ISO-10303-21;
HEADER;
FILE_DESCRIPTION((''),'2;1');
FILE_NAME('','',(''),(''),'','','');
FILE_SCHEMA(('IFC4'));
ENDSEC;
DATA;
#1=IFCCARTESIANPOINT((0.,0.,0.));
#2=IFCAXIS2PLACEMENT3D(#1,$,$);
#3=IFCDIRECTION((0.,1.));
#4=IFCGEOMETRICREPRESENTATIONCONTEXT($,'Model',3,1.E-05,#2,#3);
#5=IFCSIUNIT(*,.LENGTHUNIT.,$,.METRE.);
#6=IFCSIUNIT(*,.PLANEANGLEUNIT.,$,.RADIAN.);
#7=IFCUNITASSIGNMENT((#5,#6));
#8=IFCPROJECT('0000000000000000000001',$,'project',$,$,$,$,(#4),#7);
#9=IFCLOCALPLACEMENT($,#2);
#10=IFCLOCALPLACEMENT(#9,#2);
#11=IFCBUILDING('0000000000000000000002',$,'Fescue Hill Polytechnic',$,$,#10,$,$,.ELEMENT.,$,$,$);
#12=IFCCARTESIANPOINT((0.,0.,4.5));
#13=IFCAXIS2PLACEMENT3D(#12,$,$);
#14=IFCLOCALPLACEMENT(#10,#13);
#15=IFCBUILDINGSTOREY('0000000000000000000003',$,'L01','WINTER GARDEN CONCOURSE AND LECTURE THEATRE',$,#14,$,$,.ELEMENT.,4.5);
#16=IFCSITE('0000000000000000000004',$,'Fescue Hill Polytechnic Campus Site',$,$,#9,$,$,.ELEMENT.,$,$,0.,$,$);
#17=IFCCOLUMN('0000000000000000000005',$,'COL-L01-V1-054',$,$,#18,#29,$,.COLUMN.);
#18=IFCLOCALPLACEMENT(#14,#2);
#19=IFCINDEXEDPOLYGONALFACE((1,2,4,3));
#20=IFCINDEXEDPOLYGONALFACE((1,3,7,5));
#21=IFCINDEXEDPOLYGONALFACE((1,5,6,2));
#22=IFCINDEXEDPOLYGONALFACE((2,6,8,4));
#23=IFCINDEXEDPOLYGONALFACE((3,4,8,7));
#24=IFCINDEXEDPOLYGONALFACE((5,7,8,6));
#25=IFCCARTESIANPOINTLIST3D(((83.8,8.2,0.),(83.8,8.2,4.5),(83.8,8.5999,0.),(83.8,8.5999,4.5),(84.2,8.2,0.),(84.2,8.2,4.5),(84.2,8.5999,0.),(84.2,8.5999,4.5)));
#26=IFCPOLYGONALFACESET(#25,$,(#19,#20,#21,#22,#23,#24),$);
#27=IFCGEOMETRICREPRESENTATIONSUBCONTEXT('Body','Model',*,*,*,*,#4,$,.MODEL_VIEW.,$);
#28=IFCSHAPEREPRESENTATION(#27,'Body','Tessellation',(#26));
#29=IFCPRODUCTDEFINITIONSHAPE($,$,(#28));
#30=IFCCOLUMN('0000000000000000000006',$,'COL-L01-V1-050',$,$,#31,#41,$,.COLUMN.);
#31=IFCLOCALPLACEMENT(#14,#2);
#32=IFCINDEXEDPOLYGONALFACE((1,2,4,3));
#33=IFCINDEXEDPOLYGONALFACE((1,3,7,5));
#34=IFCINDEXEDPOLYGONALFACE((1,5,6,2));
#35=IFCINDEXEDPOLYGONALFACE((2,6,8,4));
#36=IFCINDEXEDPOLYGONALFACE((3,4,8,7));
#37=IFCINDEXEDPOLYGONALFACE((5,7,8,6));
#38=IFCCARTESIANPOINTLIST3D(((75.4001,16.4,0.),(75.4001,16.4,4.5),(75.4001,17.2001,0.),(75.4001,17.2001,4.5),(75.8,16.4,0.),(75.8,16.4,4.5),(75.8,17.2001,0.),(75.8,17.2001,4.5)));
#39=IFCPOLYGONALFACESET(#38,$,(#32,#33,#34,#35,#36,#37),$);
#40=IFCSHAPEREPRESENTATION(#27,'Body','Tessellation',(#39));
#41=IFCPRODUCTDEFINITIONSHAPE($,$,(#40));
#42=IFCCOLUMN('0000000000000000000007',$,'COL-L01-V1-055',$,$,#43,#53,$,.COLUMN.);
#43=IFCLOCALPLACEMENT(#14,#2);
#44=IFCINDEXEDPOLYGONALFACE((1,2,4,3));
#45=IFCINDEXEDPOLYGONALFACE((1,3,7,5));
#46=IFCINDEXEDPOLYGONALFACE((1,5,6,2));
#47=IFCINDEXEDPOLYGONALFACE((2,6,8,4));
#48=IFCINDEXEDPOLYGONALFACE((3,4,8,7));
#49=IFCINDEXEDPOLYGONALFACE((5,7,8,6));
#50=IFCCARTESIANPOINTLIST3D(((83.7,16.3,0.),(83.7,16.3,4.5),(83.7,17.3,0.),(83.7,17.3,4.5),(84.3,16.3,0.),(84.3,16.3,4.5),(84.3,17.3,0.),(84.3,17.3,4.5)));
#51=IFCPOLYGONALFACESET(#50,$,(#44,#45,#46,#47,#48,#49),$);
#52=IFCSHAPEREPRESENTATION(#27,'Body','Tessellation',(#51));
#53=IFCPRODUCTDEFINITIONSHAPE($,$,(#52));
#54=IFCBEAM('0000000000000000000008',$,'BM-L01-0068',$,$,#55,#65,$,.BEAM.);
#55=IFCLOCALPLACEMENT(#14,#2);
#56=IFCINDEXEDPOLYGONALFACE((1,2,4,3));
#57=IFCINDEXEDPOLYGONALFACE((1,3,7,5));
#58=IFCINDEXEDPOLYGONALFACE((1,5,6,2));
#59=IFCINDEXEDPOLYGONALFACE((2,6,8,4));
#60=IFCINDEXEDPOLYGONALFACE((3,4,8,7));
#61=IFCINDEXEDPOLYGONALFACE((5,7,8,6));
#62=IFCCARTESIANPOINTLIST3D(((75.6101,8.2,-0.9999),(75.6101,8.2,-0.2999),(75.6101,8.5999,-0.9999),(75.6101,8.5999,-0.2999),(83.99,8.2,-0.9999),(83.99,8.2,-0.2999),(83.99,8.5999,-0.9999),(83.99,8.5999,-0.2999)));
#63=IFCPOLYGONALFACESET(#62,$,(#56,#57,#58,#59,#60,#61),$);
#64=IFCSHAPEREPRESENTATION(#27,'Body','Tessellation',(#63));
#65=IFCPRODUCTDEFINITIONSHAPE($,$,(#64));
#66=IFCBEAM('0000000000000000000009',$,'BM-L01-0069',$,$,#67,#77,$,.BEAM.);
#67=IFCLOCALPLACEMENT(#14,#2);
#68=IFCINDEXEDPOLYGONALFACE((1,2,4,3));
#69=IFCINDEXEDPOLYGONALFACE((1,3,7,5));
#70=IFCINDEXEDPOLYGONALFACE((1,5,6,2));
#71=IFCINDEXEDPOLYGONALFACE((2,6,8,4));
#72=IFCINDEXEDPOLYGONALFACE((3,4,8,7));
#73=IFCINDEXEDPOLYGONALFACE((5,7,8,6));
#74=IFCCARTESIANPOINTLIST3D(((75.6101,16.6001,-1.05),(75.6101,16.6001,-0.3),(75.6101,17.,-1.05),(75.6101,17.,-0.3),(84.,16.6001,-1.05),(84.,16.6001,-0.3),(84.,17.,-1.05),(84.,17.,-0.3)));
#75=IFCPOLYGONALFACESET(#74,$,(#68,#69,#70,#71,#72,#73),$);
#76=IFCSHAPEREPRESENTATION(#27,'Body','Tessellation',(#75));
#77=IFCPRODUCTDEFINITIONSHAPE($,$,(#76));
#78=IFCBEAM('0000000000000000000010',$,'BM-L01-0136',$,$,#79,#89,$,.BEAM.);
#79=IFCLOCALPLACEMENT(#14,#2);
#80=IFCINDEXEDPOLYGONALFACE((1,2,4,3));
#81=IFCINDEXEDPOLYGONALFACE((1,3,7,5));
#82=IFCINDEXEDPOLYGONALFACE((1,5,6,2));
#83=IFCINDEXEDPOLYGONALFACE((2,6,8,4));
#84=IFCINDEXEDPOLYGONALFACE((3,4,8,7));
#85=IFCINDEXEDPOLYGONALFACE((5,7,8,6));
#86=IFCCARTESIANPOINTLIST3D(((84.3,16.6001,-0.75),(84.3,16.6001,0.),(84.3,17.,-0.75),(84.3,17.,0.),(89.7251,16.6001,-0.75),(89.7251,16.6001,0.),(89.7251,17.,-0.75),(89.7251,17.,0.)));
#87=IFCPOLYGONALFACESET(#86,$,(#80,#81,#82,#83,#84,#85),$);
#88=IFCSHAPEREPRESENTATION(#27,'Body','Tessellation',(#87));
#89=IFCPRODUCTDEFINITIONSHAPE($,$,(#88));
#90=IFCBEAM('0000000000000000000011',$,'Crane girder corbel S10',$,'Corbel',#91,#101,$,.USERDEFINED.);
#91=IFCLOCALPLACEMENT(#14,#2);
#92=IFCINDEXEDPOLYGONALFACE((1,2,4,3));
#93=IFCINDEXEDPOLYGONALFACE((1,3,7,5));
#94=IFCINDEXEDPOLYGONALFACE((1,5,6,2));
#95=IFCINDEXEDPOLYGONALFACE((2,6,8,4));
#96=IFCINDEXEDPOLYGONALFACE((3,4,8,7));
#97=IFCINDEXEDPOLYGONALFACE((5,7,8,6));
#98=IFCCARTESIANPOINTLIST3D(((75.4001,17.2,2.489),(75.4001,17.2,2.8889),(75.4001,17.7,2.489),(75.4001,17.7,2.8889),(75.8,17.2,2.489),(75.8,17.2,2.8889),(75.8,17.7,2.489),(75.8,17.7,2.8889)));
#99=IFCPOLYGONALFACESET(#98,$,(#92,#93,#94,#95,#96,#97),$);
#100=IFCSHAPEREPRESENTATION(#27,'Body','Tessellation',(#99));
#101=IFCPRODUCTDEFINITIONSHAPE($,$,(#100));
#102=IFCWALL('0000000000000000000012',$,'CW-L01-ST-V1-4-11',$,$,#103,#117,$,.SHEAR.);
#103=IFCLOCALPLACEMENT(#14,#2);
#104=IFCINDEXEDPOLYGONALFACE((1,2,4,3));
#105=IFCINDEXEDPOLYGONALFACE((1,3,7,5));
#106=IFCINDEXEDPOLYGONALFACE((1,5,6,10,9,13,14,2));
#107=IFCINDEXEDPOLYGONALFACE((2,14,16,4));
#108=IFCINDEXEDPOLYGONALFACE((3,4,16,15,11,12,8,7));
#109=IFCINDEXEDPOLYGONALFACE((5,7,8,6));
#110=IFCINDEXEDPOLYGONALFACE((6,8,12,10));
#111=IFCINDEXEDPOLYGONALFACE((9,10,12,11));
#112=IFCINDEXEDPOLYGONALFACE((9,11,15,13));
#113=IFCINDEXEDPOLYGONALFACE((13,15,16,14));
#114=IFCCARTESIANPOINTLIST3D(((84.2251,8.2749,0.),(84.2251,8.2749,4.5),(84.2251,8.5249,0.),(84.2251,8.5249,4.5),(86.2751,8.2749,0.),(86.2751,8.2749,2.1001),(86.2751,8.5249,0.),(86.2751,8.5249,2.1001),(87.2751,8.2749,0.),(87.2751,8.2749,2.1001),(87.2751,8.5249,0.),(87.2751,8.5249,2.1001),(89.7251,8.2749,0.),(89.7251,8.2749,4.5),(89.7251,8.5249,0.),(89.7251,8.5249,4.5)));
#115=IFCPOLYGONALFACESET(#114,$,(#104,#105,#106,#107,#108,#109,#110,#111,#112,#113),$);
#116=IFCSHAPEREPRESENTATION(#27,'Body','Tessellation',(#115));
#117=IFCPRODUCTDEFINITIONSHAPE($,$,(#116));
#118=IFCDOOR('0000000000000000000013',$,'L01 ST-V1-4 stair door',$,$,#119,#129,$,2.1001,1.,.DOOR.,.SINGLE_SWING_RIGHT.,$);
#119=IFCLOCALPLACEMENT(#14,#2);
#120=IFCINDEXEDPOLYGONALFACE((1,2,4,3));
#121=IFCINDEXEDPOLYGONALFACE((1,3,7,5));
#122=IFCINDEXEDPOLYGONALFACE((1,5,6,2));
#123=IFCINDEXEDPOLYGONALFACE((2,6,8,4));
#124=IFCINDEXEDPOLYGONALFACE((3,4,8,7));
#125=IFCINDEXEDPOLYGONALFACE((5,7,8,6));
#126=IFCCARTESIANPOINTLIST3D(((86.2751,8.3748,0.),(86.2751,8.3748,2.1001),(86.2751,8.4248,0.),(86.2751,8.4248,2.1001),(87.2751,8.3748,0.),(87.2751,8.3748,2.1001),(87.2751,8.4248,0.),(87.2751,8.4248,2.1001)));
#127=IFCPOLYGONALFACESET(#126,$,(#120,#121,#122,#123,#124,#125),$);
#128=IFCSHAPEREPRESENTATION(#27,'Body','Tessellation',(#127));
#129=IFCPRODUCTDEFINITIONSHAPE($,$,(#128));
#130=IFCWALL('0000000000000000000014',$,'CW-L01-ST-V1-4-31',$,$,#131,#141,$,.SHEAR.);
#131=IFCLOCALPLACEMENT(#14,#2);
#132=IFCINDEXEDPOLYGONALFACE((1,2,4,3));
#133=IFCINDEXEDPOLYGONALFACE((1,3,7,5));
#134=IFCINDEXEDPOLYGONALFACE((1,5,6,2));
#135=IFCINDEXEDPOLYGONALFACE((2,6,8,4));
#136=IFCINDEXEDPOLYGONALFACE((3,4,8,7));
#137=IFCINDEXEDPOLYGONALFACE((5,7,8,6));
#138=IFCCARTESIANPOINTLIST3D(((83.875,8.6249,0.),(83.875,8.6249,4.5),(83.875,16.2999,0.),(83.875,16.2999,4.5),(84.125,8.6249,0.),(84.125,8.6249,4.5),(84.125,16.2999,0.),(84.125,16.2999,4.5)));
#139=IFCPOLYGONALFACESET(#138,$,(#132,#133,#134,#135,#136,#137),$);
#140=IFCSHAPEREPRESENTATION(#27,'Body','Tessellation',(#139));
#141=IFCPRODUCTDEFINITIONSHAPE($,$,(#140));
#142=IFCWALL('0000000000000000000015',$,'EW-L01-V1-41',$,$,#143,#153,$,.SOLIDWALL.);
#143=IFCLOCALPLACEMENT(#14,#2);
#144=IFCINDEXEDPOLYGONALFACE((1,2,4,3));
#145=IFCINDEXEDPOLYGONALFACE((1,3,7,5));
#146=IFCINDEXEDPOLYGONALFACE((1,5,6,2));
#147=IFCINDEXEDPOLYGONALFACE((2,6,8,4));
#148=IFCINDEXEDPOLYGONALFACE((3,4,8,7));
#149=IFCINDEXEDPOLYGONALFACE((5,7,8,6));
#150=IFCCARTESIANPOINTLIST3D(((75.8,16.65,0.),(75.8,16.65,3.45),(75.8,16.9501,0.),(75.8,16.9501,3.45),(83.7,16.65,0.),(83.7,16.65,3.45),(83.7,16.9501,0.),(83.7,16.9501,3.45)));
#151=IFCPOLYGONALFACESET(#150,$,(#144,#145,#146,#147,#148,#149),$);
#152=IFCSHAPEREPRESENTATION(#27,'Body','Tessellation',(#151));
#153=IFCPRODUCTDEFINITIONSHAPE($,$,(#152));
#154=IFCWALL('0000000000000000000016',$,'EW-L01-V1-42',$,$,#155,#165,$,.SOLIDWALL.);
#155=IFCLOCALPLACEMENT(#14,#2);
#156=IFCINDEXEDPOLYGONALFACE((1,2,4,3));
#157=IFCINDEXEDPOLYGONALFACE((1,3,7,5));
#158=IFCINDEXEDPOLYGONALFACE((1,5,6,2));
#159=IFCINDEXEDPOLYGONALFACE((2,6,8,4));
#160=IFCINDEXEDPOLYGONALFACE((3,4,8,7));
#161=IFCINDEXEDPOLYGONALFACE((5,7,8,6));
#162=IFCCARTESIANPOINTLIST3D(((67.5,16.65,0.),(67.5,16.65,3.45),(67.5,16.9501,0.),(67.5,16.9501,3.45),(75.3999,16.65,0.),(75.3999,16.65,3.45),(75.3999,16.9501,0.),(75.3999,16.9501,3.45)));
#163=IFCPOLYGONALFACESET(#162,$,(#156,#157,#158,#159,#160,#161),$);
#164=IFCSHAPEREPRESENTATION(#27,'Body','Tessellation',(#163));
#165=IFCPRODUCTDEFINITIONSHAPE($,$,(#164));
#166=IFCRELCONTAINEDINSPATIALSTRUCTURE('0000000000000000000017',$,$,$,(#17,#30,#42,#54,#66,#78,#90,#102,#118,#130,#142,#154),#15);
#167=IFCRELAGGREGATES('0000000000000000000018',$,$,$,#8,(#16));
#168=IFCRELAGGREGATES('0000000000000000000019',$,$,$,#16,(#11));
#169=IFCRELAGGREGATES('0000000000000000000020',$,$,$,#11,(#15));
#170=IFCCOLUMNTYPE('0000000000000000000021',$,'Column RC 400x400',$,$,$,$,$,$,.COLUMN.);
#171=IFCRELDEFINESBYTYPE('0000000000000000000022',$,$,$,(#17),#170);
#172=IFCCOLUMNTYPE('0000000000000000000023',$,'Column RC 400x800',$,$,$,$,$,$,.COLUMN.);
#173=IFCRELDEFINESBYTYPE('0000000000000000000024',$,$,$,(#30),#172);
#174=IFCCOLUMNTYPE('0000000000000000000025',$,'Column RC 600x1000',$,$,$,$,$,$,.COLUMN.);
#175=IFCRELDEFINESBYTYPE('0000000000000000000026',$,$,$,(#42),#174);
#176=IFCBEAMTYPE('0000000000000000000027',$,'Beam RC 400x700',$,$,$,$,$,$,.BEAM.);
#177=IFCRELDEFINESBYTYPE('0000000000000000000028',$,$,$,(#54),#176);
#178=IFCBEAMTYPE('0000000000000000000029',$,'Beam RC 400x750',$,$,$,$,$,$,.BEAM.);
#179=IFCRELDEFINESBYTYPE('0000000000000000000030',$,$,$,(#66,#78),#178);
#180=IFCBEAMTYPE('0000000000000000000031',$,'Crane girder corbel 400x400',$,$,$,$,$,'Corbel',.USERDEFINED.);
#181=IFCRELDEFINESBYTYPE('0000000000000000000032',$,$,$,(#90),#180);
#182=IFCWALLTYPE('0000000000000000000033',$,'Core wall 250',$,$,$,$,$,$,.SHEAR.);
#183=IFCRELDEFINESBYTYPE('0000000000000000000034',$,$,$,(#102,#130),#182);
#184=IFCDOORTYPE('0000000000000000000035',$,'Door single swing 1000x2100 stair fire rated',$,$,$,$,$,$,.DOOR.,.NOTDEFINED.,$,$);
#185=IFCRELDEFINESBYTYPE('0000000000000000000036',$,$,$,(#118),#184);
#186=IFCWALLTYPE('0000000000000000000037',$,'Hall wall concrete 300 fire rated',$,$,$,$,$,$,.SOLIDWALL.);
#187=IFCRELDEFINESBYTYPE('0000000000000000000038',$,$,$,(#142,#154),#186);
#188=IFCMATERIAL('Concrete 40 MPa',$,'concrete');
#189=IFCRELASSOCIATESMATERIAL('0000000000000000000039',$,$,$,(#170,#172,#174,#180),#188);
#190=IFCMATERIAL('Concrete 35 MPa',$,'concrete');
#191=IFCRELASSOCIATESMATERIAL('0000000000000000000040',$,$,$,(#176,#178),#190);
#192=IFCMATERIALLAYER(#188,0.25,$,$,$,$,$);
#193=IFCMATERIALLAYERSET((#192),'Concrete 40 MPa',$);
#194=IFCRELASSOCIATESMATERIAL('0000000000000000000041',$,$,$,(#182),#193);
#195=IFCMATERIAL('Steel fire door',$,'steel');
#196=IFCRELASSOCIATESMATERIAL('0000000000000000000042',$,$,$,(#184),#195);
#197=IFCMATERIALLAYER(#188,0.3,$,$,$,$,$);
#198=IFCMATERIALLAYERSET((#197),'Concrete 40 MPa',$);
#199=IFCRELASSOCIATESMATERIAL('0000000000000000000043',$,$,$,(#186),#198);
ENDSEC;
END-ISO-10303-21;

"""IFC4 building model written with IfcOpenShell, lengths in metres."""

from ifc_helpers import new_model, si_unit, direction, frame, frame_2d, origin, origin_2d, place, context, subcontext, project, spatial, rectangle, extrude, material, layer, layer_set, material_profile, profile_set, type_object, element, fill, save


model = new_model("IFC4")

# Units and contexts
model_context = context("Model", 3, precision=1e-05, world=origin(), true_north=direction((0.0, 1.0)))
body_context = subcontext(model_context, "Body", "Model", "MODEL_VIEW")
ifc_project = project(units=[si_unit("LENGTHUNIT", "METRE"), si_unit("PLANEANGLEUNIT", "RADIAN")], contexts=[model_context])

# Site, building, storey
site_placement = place(None, origin())
site = spatial("IfcSite", under=ifc_project, at=site_placement, Name="Fescue Hill Polytechnic Campus Site", CompositionType="ELEMENT", RefElevation=0.0)
building_placement = place(site_placement, origin())
building = spatial("IfcBuilding", under=site, at=building_placement, Name="Fescue Hill Polytechnic", CompositionType="ELEMENT")
storey_placement = place(building_placement, frame((0.0, 0.0, 4.5)))
storey = spatial("IfcBuildingStorey", under=building, at=storey_placement, Name="L01", Description="WINTER GARDEN CONCOURSE AND LECTURE THEATRE", CompositionType="ELEMENT", Elevation=4.5)

# Columns
ifc_material_1 = material(Name="Concrete 40 MPa", Category="concrete")
ifc_material_profile_1 = material_profile(ifc_material_1, rectangle(XDim=0.3999, YDim=0.3999, at=origin_2d()), Name="RC 400x400")
ifc_profile_set_1 = profile_set([ifc_material_profile_1], Name="Concrete 40 MPa")
column_type_1 = type_object("IfcColumnType", Name="Column RC 400x400", PredefinedType="COLUMN", material=ifc_profile_set_1)
column_1_placement = place(storey_placement, frame((84.0, 8.3999, 0.0), z_axis=(0.0, 0.0, 1.0), x_axis=(1.0, 0.0, 0.0)))
element("IfcColumn", 1, at=column_1_placement, inside=storey, type_object=column_type_1, Name="COL-L01-V1-054", PredefinedType="COLUMN", context=body_context, shape_type="SweptSolid", body=[
    extrude(rectangle(XDim=0.3999, YDim=0.3999, at=origin_2d()), origin(), (0.0, 0.0, 1.0), 4.5),
])
ifc_material_profile_2 = material_profile(ifc_material_1, rectangle(XDim=0.3999, YDim=0.8, at=origin_2d()), Name="RC 400x800")
ifc_profile_set_2 = profile_set([ifc_material_profile_2], Name="Concrete 40 MPa")
column_type_2 = type_object("IfcColumnType", Name="Column RC 400x800", PredefinedType="COLUMN", material=ifc_profile_set_2)
column_2_placement = place(storey_placement, frame((75.6001, 16.8, 0.0), z_axis=(0.0, 0.0, 1.0), x_axis=(1.0, 0.0, 0.0)))
element("IfcColumn", 2, at=column_2_placement, inside=storey, type_object=column_type_2, Name="COL-L01-V1-050", PredefinedType="COLUMN", context=body_context, shape_type="SweptSolid", body=[
    extrude(rectangle(XDim=0.3999, YDim=0.8, at=origin_2d()), origin(), (0.0, 0.0, 1.0), 4.5),
])
ifc_material_profile_3 = material_profile(ifc_material_1, rectangle(XDim=0.6001, YDim=1.0, at=origin_2d()), Name="RC 600x1000")
ifc_profile_set_3 = profile_set([ifc_material_profile_3], Name="Concrete 40 MPa")
column_type_3 = type_object("IfcColumnType", Name="Column RC 600x1000", PredefinedType="COLUMN", material=ifc_profile_set_3)
column_3_placement = place(storey_placement, frame((84.0, 16.8, 0.0), z_axis=(0.0, 0.0, 1.0), x_axis=(1.0, 0.0, 0.0)))
element("IfcColumn", 3, at=column_3_placement, inside=storey, type_object=column_type_3, Name="COL-L01-V1-055", PredefinedType="COLUMN", context=body_context, shape_type="SweptSolid", body=[
    extrude(rectangle(XDim=0.6001, YDim=1.0, at=origin_2d()), origin(), (0.0, 0.0, 1.0), 4.5),
])

# Beams
ifc_material_2 = material(Name="Concrete 35 MPa", Category="concrete")
ifc_material_profile_4 = material_profile(ifc_material_2, rectangle(XDim=0.3999, YDim=0.7, at=origin_2d()), Name="RC 400x700")
ifc_profile_set_4 = profile_set([ifc_material_profile_4], Name="Concrete 35 MPa")
beam_type_1 = type_object("IfcBeamType", Name="Beam RC 400x700", PredefinedType="BEAM", material=ifc_profile_set_4)
beam_1_placement = place(storey_placement, frame((75.6101, 8.3999, -0.6499), z_axis=(1.0, 0.0, 0.0), x_axis=(0.0, 1.0, 0.0)))
element("IfcBeam", 4, at=beam_1_placement, inside=storey, type_object=beam_type_1, Name="BM-L01-0068", PredefinedType="BEAM", context=body_context, shape_type="SweptSolid", body=[
    extrude(rectangle(XDim=0.3999, YDim=0.7, at=origin_2d()), origin(), (0.0, 0.0, 1.0), 8.3799),
])
ifc_material_profile_5 = material_profile(ifc_material_2, rectangle(XDim=0.3999, YDim=0.75, at=origin_2d()), Name="RC 400x750")
ifc_profile_set_5 = profile_set([ifc_material_profile_5], Name="Concrete 35 MPa")
beam_type_2 = type_object("IfcBeamType", Name="Beam RC 400x750", PredefinedType="BEAM", material=ifc_profile_set_5)
beam_2_placement = place(storey_placement, frame((75.6101, 16.8, -0.675), z_axis=(1.0, 0.0, 0.0), x_axis=(0.0, 1.0, 0.0)))
element("IfcBeam", 5, at=beam_2_placement, inside=storey, type_object=beam_type_2, Name="BM-L01-0069", PredefinedType="BEAM", context=body_context, shape_type="SweptSolid", body=[
    extrude(rectangle(XDim=0.3999, YDim=0.75, at=origin_2d()), origin(), (0.0, 0.0, 1.0), 8.3899),
])
beam_3_placement = place(storey_placement, frame((84.3, 16.8, -0.375), z_axis=(1.0, 0.0, 0.0), x_axis=(0.0, 1.0, 0.0)))
element("IfcBeam", 6, at=beam_3_placement, inside=storey, type_object=beam_type_2, Name="BM-L01-0136", PredefinedType="BEAM", context=body_context, shape_type="SweptSolid", body=[
    extrude(rectangle(XDim=0.3999, YDim=0.75, at=origin_2d()), origin(), (0.0, 0.0, 1.0), 5.425),
])
ifc_material_profile_6 = material_profile(ifc_material_1, rectangle(XDim=0.3999, YDim=0.3999, at=origin_2d()), Name="Crane girder corbel 400x400")
ifc_profile_set_6 = profile_set([ifc_material_profile_6], Name="Concrete 40 MPa")
beam_type_3 = type_object("IfcBeamType", Name="Crane girder corbel 400x400", ElementType="Corbel", PredefinedType="USERDEFINED", material=ifc_profile_set_6)
beam_4_placement = place(storey_placement, frame((75.6001, 17.2, 2.689), z_axis=(0.0, 1.0, 0.0), x_axis=(-1.0, 0.0, 0.0)))
element("IfcBeam", 7, at=beam_4_placement, inside=storey, type_object=beam_type_3, Name="Crane girder corbel S10", ObjectType="Corbel", PredefinedType="USERDEFINED", context=body_context, shape_type="SweptSolid", body=[
    extrude(rectangle(XDim=0.3999, YDim=0.3999, at=origin_2d()), origin(), (0.0, 0.0, 1.0), 0.5),
])

# Wall, opening, door
ifc_layer_1 = layer(ifc_material_1, 0.25)
ifc_layer_set_1 = layer_set([ifc_layer_1], Name="Concrete 40 MPa")
wall_type_1 = type_object("IfcWallType", Name="Core wall 250", PredefinedType="SHEAR", material=ifc_layer_set_1)
wall_1_placement = place(storey_placement, frame((84.2251, 8.3999, 0.0), z_axis=(0.0, 0.0, 1.0), x_axis=(1.0, 0.0, 0.0)))
wall_1 = element("IfcWall", 8, at=wall_1_placement, inside=storey, type_object=wall_type_1, Name="CW-L01-ST-V1-4-11", PredefinedType="SHEAR", context=body_context, shape_type="SweptSolid", body=[
    extrude(rectangle(XDim=5.5, YDim=0.25, at=frame_2d((2.75, 0.0))), origin(), (0.0, 0.0, 1.0), 4.5),
])
opening_1_placement = place(wall_1_placement, frame((2.05, 0.0, 0.0)))
opening_1 = element("IfcOpeningElement", 9, at=opening_1_placement, cuts=wall_1, PredefinedType="OPENING", context=body_context, shape_type="SweptSolid", body=[
    extrude(rectangle(XDim=1.0, YDim=2.1001, at=frame_2d((0.5, 1.05))), frame((0.0, 0.135, 0.0), z_axis=(0.0, -1.0, 0.0), x_axis=(1.0, 0.0, 0.0)), (0.0, 0.0, 1.0), 0.27),
])
ifc_material_3 = material(Name="Steel fire door", Category="steel")
door_type_1 = type_object("IfcDoorType", Name="Door single swing 1000x2100 stair fire rated", OperationType="NOTDEFINED", PredefinedType="DOOR", material=ifc_material_3)
door_1_placement = place(opening_1_placement, origin())
door_1 = element("IfcDoor", 10, at=door_1_placement, inside=storey, type_object=door_type_1, Name="L01 ST-V1-4 stair door", OperationType="SINGLE_SWING_RIGHT", OverallHeight=2.1001, OverallWidth=1.0, PredefinedType="DOOR", context=body_context, shape_type="SweptSolid", body=[
    extrude(rectangle(XDim=1.0, YDim=2.1001, at=frame_2d((0.5, 1.05))), frame((0.0, 0.0249, 0.0), z_axis=(0.0, -1.0, 0.0), x_axis=(1.0, 0.0, 0.0)), (0.0, 0.0, 1.0), 0.05),
])
fill(opening_1, door_1)

# Walls
wall_2_placement = place(storey_placement, frame((84.0, 8.625, 0.0), z_axis=(0.0, 0.0, 1.0), x_axis=(0.0, 1.0, 0.0)))
element("IfcWall", 11, at=wall_2_placement, inside=storey, type_object=wall_type_1, Name="CW-L01-ST-V1-4-31", PredefinedType="SHEAR", context=body_context, shape_type="SweptSolid", body=[
    extrude(rectangle(XDim=7.675, YDim=0.25, at=frame_2d((3.8374, 0.0))), origin(), (0.0, 0.0, 1.0), 4.5),
])
ifc_layer_2 = layer(ifc_material_1, 0.3)
ifc_layer_set_2 = layer_set([ifc_layer_2], Name="Concrete 40 MPa")
wall_type_2 = type_object("IfcWallType", Name="Hall wall concrete 300 fire rated", PredefinedType="SOLIDWALL", material=ifc_layer_set_2)
for number, where, z_axis, x_axis, name in (
    (12, (83.7, 16.8, 0.0), (0.0, 0.0, 1.0), (-1.0, 0.0, 0.0), "EW-L01-V1-41"),
    (13, (75.3999, 16.8, 0.0), (0.0, 0.0, 1.0), (-1.0, 0.0, 0.0), "EW-L01-V1-42"),
):
    element("IfcWall", number, at=place(storey_placement, frame(where, z_axis=z_axis, x_axis=x_axis)), inside=storey, type_object=wall_type_2, Name=name, PredefinedType="SOLIDWALL", context=body_context, shape_type="SweptSolid", body=[
        extrude(rectangle(XDim=7.8999, YDim=0.3, at=frame_2d((3.95, 0.0))), origin(), (0.0, 0.0, 1.0), 3.45),
    ])

save(model, "model.ifc")
